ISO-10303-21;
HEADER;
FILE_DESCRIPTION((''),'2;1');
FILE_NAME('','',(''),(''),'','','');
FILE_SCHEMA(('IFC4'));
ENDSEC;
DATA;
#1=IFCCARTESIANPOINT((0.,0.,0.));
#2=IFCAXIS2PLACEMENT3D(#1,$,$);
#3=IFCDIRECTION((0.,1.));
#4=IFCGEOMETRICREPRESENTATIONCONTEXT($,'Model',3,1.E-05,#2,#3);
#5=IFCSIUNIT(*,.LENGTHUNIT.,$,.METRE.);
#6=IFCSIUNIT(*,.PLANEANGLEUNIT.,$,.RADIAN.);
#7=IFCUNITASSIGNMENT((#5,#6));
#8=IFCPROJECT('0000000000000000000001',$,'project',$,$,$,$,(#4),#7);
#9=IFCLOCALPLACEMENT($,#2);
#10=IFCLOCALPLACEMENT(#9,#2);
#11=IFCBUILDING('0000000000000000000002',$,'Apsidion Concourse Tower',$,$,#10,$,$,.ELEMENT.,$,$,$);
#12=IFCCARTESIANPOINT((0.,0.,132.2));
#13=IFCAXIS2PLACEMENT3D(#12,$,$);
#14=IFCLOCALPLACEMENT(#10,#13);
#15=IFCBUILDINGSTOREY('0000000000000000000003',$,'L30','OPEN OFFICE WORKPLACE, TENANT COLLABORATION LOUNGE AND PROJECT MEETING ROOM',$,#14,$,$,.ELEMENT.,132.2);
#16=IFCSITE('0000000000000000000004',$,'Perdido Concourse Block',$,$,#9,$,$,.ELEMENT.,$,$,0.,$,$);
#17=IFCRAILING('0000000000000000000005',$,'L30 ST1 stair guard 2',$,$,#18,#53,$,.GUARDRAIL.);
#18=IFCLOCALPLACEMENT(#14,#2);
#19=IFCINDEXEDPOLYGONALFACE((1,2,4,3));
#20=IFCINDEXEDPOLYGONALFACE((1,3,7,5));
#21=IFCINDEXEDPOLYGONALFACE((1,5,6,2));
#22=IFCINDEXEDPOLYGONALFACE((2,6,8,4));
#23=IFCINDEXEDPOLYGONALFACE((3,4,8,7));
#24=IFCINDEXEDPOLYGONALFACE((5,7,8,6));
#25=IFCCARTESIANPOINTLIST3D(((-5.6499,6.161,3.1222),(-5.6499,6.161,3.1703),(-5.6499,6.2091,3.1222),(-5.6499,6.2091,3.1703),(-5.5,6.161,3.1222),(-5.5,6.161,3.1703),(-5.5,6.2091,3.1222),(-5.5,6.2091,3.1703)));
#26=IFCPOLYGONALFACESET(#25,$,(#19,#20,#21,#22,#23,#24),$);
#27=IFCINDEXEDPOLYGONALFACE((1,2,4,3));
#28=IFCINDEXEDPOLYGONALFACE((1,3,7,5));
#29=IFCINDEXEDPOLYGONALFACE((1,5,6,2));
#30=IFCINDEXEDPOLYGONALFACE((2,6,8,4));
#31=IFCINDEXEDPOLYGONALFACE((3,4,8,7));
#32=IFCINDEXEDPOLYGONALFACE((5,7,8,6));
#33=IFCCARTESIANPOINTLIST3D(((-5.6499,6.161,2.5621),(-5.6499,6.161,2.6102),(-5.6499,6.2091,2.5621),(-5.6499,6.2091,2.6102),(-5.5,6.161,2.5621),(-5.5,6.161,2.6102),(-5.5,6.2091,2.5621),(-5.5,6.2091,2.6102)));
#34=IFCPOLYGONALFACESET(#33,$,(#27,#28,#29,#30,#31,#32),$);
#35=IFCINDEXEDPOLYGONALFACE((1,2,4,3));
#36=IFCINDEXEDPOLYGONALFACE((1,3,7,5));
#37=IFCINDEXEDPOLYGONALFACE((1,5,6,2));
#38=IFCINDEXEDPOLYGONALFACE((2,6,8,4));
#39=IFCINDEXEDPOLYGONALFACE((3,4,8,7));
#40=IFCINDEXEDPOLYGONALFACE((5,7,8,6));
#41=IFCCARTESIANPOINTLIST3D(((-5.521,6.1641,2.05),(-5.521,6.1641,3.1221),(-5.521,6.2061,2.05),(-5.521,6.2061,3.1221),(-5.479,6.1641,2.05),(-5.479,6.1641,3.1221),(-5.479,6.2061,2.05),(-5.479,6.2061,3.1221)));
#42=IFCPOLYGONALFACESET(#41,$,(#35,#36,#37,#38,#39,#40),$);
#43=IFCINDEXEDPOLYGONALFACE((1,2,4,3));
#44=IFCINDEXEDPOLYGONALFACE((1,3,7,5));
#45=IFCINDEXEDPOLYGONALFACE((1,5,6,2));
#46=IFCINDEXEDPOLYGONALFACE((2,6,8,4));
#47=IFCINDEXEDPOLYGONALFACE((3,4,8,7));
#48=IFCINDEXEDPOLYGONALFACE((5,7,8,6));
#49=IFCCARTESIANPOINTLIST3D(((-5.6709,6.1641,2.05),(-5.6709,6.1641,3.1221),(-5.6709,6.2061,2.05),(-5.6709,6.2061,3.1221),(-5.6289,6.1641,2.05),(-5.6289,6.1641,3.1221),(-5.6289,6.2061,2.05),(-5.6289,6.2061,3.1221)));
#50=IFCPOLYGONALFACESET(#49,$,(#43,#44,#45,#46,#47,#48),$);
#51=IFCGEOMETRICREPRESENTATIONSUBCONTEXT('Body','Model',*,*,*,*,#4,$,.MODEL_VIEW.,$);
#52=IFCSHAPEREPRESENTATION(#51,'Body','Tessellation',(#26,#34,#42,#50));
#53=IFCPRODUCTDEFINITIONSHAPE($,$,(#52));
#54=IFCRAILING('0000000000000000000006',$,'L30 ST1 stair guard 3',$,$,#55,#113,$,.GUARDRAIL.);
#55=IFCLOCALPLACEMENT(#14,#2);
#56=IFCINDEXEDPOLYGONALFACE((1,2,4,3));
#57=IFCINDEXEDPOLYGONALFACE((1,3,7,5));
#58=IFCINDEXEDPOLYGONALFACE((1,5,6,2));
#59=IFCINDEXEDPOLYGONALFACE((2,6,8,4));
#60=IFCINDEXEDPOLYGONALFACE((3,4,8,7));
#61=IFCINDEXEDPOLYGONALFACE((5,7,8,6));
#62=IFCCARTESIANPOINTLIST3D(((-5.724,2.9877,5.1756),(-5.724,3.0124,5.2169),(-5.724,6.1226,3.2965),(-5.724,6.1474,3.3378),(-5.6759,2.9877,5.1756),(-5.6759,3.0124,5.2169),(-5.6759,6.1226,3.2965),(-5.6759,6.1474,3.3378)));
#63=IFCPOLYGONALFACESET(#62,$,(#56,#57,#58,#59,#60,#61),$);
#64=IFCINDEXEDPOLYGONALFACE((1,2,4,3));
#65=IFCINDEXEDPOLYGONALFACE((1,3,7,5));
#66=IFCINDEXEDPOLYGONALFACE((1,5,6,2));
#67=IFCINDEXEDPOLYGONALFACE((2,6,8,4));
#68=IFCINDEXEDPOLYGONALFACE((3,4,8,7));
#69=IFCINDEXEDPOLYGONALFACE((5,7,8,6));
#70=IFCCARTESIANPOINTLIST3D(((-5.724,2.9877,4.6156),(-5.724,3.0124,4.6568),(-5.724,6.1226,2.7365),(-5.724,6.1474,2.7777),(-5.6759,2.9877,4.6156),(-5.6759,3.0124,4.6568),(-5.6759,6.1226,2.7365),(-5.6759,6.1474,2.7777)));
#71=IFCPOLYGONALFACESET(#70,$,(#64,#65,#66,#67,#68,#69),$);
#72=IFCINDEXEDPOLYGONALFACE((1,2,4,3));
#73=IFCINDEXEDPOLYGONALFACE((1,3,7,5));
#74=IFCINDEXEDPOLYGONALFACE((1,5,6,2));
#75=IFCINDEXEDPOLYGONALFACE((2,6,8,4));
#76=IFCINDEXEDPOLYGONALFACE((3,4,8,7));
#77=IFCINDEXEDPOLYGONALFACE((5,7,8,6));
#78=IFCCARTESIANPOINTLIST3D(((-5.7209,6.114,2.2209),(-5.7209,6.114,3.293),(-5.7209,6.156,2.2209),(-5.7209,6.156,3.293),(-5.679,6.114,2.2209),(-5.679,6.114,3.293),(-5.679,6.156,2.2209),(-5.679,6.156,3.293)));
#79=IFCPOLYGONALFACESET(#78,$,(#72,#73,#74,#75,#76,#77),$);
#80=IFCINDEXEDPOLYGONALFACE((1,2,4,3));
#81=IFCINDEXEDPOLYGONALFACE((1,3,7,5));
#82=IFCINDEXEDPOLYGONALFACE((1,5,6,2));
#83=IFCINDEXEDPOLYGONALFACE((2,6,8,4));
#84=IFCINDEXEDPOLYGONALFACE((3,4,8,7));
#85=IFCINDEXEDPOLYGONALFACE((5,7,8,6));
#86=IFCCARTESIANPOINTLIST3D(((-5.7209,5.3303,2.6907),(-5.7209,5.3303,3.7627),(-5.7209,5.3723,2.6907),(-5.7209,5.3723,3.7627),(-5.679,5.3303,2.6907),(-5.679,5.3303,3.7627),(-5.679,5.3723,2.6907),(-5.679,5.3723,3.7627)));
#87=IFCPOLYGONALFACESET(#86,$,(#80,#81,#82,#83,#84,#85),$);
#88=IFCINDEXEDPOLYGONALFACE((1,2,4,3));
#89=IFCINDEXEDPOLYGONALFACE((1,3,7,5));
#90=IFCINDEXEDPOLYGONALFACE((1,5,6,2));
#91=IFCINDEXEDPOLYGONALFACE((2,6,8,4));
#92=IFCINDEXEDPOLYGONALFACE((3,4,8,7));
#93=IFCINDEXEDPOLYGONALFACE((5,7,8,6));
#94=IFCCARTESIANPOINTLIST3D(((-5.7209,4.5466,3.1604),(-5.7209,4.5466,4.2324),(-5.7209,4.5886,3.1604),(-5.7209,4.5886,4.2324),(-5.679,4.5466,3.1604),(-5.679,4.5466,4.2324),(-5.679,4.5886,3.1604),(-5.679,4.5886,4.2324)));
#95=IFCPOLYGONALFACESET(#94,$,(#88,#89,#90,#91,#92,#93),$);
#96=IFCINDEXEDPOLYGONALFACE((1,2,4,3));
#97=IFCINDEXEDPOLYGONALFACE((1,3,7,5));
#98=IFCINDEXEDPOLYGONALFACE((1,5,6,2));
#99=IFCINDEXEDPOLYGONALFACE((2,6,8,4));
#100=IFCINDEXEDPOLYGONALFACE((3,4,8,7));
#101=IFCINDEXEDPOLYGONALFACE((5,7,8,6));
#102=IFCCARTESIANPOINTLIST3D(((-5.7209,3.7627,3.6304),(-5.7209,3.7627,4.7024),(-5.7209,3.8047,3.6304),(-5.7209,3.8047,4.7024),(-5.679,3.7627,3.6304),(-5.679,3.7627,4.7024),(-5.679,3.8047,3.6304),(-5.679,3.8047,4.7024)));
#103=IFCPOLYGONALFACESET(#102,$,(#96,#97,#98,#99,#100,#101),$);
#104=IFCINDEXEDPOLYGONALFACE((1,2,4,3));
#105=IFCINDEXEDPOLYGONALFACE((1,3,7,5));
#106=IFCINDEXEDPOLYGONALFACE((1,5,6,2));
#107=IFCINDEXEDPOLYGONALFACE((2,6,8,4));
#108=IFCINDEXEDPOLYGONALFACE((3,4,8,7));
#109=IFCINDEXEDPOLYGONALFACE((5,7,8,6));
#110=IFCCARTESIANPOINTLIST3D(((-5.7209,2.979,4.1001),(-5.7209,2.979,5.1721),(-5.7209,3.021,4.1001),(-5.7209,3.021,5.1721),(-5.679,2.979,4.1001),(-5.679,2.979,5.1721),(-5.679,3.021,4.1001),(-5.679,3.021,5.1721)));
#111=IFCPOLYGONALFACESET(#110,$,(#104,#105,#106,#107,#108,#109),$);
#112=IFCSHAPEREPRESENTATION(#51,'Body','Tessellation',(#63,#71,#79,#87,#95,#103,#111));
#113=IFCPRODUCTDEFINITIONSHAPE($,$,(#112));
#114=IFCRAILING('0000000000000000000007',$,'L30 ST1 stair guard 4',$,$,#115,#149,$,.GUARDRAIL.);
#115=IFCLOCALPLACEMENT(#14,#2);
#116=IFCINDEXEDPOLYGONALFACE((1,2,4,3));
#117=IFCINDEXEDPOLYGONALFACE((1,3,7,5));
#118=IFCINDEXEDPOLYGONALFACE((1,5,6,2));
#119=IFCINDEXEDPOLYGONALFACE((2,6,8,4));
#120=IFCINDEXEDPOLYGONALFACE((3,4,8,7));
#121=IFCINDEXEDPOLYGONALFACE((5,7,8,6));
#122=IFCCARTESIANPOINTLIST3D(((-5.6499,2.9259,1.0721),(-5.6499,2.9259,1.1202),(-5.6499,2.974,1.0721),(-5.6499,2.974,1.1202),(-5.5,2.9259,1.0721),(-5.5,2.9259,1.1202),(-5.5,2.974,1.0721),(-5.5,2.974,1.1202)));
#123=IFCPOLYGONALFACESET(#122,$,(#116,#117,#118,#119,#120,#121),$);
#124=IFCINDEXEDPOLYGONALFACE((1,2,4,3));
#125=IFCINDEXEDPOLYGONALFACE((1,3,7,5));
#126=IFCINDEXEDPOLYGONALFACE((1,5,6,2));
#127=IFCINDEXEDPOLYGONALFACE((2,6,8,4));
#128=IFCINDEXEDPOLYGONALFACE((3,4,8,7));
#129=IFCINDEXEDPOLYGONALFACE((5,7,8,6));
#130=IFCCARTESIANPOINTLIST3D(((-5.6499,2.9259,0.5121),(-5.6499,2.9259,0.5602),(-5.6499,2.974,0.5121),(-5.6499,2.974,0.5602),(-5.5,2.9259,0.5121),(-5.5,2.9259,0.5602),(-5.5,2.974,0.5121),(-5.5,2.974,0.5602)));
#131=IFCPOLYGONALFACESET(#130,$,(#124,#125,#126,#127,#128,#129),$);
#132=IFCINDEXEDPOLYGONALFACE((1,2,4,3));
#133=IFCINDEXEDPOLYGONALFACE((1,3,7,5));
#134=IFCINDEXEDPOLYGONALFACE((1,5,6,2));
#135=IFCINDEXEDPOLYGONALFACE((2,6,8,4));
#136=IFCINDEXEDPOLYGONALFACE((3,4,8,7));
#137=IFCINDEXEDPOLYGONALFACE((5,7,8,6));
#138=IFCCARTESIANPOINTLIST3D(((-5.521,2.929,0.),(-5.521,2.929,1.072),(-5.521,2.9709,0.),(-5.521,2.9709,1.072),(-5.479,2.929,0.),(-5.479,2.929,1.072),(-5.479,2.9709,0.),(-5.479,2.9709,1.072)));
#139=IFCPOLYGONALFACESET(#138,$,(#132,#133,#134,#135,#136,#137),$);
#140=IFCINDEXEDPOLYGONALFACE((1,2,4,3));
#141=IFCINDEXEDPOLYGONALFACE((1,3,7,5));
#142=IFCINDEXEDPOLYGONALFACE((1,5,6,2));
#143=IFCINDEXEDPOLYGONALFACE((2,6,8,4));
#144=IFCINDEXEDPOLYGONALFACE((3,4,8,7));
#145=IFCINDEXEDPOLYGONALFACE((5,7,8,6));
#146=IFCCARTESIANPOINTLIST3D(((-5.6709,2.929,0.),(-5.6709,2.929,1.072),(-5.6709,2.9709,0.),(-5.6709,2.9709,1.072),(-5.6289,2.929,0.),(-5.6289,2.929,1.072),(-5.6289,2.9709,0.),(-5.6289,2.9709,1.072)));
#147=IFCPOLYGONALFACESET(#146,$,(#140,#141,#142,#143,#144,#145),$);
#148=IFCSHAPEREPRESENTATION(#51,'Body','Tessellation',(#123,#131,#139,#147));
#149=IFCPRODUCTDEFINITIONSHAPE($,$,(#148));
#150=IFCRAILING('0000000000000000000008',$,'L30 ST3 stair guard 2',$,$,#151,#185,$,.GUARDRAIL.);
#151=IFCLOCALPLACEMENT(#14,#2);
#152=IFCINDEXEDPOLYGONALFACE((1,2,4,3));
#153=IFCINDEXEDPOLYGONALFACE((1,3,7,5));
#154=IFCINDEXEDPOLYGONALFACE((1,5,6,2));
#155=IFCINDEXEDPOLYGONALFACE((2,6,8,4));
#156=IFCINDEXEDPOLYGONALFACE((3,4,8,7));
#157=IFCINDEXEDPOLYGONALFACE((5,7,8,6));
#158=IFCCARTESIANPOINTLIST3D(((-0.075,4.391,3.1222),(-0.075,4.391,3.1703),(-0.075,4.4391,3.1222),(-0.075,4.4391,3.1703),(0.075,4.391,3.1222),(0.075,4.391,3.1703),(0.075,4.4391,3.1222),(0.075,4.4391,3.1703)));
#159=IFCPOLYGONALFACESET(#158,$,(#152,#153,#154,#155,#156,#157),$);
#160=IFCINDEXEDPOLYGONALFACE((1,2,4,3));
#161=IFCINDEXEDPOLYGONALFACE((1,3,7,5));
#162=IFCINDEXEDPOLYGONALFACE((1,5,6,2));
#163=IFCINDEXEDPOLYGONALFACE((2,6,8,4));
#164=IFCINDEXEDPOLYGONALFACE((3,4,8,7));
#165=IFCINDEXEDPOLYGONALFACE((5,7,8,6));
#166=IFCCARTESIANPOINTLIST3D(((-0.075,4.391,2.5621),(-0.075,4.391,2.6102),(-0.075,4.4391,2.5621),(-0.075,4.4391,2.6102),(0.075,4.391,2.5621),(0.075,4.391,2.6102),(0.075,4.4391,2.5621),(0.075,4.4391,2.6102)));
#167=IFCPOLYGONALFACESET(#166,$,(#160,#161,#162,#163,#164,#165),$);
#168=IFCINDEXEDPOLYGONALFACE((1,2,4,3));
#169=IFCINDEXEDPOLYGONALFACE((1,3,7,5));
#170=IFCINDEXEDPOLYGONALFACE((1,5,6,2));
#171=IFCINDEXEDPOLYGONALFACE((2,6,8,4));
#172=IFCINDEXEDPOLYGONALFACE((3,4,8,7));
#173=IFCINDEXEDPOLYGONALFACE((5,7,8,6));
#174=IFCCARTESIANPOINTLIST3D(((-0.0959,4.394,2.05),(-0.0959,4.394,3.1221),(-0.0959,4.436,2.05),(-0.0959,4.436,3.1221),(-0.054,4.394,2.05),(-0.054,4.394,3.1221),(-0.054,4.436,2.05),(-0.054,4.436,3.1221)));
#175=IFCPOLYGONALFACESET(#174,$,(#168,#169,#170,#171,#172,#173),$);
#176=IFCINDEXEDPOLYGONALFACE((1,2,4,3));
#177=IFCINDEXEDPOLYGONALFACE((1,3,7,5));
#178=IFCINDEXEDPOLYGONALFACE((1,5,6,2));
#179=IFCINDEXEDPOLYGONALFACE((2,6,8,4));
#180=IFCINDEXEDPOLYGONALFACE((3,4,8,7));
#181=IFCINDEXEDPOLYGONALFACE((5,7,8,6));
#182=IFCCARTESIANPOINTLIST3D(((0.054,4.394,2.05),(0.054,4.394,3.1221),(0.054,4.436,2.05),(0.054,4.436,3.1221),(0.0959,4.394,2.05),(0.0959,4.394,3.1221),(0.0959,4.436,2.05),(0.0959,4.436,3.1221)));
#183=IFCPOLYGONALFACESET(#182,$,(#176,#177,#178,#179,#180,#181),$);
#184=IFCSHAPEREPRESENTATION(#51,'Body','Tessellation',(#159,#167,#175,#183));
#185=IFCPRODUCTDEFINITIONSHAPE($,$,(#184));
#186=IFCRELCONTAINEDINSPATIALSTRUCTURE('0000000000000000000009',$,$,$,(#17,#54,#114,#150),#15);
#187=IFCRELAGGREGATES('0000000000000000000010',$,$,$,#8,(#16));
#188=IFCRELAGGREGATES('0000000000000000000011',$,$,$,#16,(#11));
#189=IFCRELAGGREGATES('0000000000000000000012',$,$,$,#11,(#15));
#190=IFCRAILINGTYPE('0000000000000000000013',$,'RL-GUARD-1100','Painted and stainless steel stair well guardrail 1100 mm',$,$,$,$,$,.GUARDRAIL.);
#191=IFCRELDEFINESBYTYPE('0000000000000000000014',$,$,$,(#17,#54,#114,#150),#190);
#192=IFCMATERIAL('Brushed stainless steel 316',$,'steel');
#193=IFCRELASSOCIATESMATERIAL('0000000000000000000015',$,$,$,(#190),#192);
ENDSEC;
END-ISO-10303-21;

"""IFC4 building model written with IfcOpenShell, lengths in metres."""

from ifc_helpers import new_model, si_unit, direction, frame, origin, origin_2d, place, context, subcontext, project, spatial, rectangle, extrude, material, type_object, element, save


model = new_model("IFC4")

# Units and contexts
model_context = context("Model", 3, precision=1e-05, world=origin(), true_north=direction((0.0, 1.0)))
body_context = subcontext(model_context, "Body", "Model", "MODEL_VIEW")
ifc_project = project(units=[si_unit("LENGTHUNIT", "METRE"), si_unit("PLANEANGLEUNIT", "RADIAN")], contexts=[model_context])

# Site, building, storey
site_placement = place(None, origin())
site = spatial("IfcSite", under=ifc_project, at=site_placement, Name="Perdido Concourse Block", CompositionType="ELEMENT", RefElevation=0.0)
building_placement = place(site_placement, origin())
building = spatial("IfcBuilding", under=site, at=building_placement, Name="Apsidion Concourse Tower", CompositionType="ELEMENT")
storey_placement = place(building_placement, frame((0.0, 0.0, 132.2)))
storey = spatial("IfcBuildingStorey", under=building, at=storey_placement, Name="L30", Description="OPEN OFFICE WORKPLACE, TENANT COLLABORATION LOUNGE AND PROJECT MEETING ROOM", CompositionType="ELEMENT", Elevation=132.2)

# Shared definitions
ifc_material_1 = material(Name="Brushed stainless steel 316", Category="steel")

# Railings
railing_type_1 = type_object("IfcRailingType", Name="RL-GUARD-1100", Description="Painted and stainless steel stair well guardrail 1100 mm", PredefinedType="GUARDRAIL", material=ifc_material_1)
railing_1_placement = place(storey_placement, frame((-5.5, 6.1851, 2.05)))
element("IfcRailing", 1, at=railing_1_placement, inside=storey, type_object=railing_type_1, Name="L30 ST1 stair guard 2", PredefinedType="GUARDRAIL", context=body_context, shape_type="SweptSolid", body=[
    extrude(rectangle(XDim=0.0481, YDim=0.0481, at=origin_2d()), frame((0.0, 0.0, 1.0962), z_axis=(-1.0, 0.0, 0.0), x_axis=(0.0, -1.0, 0.0)), (0.0, 0.0, 1.0), 0.1499),
    extrude(rectangle(XDim=0.0481, YDim=0.0481, at=origin_2d()), frame((0.0, 0.0, 0.5361), z_axis=(-1.0, 0.0, 0.0), x_axis=(0.0, -1.0, 0.0)), (0.0, 0.0, 1.0), 0.1499),
    extrude(rectangle(XDim=0.042, YDim=0.042, at=origin_2d()), origin(), (0.0, 0.0, 1.0), 1.072),
    extrude(rectangle(XDim=0.042, YDim=0.042, at=origin_2d()), frame((-0.1499, 0.0, 0.0)), (0.0, 0.0, 1.0), 1.072),
])
railing_2_placement = place(storey_placement, frame((-5.7, 6.135, 2.2209)))
element("IfcRailing", 2, at=railing_2_placement, inside=storey, type_object=railing_type_1, Name="L30 ST1 stair guard 3", PredefinedType="GUARDRAIL", context=body_context, shape_type="SweptSolid", body=[
    extrude(rectangle(XDim=0.0481, YDim=0.0481, at=origin_2d()), frame((0.0, 0.0, 1.0962), z_axis=(0.0, -0.857717, 0.514122), x_axis=(1.0, 0.0, 0.0)), (0.0, 0.0, 1.0), 3.655),
    extrude(rectangle(XDim=0.0481, YDim=0.0481, at=origin_2d()), frame((0.0, 0.0, 0.5361), z_axis=(0.0, -0.857717, 0.514122), x_axis=(1.0, 0.0, 0.0)), (0.0, 0.0, 1.0), 3.655),
    extrude(rectangle(XDim=0.042, YDim=0.042, at=origin_2d()), origin(), (0.0, 0.0, 1.0), 1.072),
    extrude(rectangle(XDim=0.042, YDim=0.042, at=origin_2d()), frame((0.0, -0.7837, 0.4697)), (0.0, 0.0, 1.0), 1.072),
    extrude(rectangle(XDim=0.042, YDim=0.042, at=origin_2d()), frame((0.0, -1.5674, 0.9395)), (0.0, 0.0, 1.0), 1.072),
    extrude(rectangle(XDim=0.042, YDim=0.042, at=origin_2d()), frame((0.0, -2.3513, 1.4094)), (0.0, 0.0, 1.0), 1.072),
    extrude(rectangle(XDim=0.042, YDim=0.042, at=origin_2d()), frame((0.0, -3.135, 1.8792)), (0.0, 0.0, 1.0), 1.072),
])
railing_3_placement = place(storey_placement, frame((-5.5, 2.95, 0.0)))
element("IfcRailing", 3, at=railing_3_placement, inside=storey, type_object=railing_type_1, Name="L30 ST1 stair guard 4", PredefinedType="GUARDRAIL", context=body_context, shape_type="SweptSolid", body=[
    extrude(rectangle(XDim=0.0481, YDim=0.0481, at=origin_2d()), frame((0.0, 0.0, 1.0962), z_axis=(-1.0, 0.0, 0.0), x_axis=(0.0, -1.0, 0.0)), (0.0, 0.0, 1.0), 0.1499),
    extrude(rectangle(XDim=0.0481, YDim=0.0481, at=origin_2d()), frame((0.0, 0.0, 0.5361), z_axis=(-1.0, 0.0, 0.0), x_axis=(0.0, -1.0, 0.0)), (0.0, 0.0, 1.0), 0.1499),
    extrude(rectangle(XDim=0.042, YDim=0.042, at=origin_2d()), origin(), (0.0, 0.0, 1.0), 1.072),
    extrude(rectangle(XDim=0.042, YDim=0.042, at=origin_2d()), frame((-0.1499, 0.0, 0.0)), (0.0, 0.0, 1.0), 1.072),
])
railing_4_placement = place(storey_placement, frame((-0.075, 4.415, 2.05)))
element("IfcRailing", 4, at=railing_4_placement, inside=storey, type_object=railing_type_1, Name="L30 ST3 stair guard 2", PredefinedType="GUARDRAIL", context=body_context, shape_type="SweptSolid", body=[
    extrude(rectangle(XDim=0.0481, YDim=0.0481, at=origin_2d()), frame((0.0, 0.0, 1.0962), z_axis=(1.0, 0.0, 0.0), x_axis=(0.0, 1.0, 0.0)), (0.0, 0.0, 1.0), 0.1499),
    extrude(rectangle(XDim=0.0481, YDim=0.0481, at=origin_2d()), frame((0.0, 0.0, 0.5361), z_axis=(1.0, 0.0, 0.0), x_axis=(0.0, 1.0, 0.0)), (0.0, 0.0, 1.0), 0.1499),
    extrude(rectangle(XDim=0.042, YDim=0.042, at=origin_2d()), origin(), (0.0, 0.0, 1.0), 1.072),
    extrude(rectangle(XDim=0.042, YDim=0.042, at=origin_2d()), frame((0.1499, 0.0, 0.0)), (0.0, 0.0, 1.0), 1.072),
])

save(model, "model.ifc")
